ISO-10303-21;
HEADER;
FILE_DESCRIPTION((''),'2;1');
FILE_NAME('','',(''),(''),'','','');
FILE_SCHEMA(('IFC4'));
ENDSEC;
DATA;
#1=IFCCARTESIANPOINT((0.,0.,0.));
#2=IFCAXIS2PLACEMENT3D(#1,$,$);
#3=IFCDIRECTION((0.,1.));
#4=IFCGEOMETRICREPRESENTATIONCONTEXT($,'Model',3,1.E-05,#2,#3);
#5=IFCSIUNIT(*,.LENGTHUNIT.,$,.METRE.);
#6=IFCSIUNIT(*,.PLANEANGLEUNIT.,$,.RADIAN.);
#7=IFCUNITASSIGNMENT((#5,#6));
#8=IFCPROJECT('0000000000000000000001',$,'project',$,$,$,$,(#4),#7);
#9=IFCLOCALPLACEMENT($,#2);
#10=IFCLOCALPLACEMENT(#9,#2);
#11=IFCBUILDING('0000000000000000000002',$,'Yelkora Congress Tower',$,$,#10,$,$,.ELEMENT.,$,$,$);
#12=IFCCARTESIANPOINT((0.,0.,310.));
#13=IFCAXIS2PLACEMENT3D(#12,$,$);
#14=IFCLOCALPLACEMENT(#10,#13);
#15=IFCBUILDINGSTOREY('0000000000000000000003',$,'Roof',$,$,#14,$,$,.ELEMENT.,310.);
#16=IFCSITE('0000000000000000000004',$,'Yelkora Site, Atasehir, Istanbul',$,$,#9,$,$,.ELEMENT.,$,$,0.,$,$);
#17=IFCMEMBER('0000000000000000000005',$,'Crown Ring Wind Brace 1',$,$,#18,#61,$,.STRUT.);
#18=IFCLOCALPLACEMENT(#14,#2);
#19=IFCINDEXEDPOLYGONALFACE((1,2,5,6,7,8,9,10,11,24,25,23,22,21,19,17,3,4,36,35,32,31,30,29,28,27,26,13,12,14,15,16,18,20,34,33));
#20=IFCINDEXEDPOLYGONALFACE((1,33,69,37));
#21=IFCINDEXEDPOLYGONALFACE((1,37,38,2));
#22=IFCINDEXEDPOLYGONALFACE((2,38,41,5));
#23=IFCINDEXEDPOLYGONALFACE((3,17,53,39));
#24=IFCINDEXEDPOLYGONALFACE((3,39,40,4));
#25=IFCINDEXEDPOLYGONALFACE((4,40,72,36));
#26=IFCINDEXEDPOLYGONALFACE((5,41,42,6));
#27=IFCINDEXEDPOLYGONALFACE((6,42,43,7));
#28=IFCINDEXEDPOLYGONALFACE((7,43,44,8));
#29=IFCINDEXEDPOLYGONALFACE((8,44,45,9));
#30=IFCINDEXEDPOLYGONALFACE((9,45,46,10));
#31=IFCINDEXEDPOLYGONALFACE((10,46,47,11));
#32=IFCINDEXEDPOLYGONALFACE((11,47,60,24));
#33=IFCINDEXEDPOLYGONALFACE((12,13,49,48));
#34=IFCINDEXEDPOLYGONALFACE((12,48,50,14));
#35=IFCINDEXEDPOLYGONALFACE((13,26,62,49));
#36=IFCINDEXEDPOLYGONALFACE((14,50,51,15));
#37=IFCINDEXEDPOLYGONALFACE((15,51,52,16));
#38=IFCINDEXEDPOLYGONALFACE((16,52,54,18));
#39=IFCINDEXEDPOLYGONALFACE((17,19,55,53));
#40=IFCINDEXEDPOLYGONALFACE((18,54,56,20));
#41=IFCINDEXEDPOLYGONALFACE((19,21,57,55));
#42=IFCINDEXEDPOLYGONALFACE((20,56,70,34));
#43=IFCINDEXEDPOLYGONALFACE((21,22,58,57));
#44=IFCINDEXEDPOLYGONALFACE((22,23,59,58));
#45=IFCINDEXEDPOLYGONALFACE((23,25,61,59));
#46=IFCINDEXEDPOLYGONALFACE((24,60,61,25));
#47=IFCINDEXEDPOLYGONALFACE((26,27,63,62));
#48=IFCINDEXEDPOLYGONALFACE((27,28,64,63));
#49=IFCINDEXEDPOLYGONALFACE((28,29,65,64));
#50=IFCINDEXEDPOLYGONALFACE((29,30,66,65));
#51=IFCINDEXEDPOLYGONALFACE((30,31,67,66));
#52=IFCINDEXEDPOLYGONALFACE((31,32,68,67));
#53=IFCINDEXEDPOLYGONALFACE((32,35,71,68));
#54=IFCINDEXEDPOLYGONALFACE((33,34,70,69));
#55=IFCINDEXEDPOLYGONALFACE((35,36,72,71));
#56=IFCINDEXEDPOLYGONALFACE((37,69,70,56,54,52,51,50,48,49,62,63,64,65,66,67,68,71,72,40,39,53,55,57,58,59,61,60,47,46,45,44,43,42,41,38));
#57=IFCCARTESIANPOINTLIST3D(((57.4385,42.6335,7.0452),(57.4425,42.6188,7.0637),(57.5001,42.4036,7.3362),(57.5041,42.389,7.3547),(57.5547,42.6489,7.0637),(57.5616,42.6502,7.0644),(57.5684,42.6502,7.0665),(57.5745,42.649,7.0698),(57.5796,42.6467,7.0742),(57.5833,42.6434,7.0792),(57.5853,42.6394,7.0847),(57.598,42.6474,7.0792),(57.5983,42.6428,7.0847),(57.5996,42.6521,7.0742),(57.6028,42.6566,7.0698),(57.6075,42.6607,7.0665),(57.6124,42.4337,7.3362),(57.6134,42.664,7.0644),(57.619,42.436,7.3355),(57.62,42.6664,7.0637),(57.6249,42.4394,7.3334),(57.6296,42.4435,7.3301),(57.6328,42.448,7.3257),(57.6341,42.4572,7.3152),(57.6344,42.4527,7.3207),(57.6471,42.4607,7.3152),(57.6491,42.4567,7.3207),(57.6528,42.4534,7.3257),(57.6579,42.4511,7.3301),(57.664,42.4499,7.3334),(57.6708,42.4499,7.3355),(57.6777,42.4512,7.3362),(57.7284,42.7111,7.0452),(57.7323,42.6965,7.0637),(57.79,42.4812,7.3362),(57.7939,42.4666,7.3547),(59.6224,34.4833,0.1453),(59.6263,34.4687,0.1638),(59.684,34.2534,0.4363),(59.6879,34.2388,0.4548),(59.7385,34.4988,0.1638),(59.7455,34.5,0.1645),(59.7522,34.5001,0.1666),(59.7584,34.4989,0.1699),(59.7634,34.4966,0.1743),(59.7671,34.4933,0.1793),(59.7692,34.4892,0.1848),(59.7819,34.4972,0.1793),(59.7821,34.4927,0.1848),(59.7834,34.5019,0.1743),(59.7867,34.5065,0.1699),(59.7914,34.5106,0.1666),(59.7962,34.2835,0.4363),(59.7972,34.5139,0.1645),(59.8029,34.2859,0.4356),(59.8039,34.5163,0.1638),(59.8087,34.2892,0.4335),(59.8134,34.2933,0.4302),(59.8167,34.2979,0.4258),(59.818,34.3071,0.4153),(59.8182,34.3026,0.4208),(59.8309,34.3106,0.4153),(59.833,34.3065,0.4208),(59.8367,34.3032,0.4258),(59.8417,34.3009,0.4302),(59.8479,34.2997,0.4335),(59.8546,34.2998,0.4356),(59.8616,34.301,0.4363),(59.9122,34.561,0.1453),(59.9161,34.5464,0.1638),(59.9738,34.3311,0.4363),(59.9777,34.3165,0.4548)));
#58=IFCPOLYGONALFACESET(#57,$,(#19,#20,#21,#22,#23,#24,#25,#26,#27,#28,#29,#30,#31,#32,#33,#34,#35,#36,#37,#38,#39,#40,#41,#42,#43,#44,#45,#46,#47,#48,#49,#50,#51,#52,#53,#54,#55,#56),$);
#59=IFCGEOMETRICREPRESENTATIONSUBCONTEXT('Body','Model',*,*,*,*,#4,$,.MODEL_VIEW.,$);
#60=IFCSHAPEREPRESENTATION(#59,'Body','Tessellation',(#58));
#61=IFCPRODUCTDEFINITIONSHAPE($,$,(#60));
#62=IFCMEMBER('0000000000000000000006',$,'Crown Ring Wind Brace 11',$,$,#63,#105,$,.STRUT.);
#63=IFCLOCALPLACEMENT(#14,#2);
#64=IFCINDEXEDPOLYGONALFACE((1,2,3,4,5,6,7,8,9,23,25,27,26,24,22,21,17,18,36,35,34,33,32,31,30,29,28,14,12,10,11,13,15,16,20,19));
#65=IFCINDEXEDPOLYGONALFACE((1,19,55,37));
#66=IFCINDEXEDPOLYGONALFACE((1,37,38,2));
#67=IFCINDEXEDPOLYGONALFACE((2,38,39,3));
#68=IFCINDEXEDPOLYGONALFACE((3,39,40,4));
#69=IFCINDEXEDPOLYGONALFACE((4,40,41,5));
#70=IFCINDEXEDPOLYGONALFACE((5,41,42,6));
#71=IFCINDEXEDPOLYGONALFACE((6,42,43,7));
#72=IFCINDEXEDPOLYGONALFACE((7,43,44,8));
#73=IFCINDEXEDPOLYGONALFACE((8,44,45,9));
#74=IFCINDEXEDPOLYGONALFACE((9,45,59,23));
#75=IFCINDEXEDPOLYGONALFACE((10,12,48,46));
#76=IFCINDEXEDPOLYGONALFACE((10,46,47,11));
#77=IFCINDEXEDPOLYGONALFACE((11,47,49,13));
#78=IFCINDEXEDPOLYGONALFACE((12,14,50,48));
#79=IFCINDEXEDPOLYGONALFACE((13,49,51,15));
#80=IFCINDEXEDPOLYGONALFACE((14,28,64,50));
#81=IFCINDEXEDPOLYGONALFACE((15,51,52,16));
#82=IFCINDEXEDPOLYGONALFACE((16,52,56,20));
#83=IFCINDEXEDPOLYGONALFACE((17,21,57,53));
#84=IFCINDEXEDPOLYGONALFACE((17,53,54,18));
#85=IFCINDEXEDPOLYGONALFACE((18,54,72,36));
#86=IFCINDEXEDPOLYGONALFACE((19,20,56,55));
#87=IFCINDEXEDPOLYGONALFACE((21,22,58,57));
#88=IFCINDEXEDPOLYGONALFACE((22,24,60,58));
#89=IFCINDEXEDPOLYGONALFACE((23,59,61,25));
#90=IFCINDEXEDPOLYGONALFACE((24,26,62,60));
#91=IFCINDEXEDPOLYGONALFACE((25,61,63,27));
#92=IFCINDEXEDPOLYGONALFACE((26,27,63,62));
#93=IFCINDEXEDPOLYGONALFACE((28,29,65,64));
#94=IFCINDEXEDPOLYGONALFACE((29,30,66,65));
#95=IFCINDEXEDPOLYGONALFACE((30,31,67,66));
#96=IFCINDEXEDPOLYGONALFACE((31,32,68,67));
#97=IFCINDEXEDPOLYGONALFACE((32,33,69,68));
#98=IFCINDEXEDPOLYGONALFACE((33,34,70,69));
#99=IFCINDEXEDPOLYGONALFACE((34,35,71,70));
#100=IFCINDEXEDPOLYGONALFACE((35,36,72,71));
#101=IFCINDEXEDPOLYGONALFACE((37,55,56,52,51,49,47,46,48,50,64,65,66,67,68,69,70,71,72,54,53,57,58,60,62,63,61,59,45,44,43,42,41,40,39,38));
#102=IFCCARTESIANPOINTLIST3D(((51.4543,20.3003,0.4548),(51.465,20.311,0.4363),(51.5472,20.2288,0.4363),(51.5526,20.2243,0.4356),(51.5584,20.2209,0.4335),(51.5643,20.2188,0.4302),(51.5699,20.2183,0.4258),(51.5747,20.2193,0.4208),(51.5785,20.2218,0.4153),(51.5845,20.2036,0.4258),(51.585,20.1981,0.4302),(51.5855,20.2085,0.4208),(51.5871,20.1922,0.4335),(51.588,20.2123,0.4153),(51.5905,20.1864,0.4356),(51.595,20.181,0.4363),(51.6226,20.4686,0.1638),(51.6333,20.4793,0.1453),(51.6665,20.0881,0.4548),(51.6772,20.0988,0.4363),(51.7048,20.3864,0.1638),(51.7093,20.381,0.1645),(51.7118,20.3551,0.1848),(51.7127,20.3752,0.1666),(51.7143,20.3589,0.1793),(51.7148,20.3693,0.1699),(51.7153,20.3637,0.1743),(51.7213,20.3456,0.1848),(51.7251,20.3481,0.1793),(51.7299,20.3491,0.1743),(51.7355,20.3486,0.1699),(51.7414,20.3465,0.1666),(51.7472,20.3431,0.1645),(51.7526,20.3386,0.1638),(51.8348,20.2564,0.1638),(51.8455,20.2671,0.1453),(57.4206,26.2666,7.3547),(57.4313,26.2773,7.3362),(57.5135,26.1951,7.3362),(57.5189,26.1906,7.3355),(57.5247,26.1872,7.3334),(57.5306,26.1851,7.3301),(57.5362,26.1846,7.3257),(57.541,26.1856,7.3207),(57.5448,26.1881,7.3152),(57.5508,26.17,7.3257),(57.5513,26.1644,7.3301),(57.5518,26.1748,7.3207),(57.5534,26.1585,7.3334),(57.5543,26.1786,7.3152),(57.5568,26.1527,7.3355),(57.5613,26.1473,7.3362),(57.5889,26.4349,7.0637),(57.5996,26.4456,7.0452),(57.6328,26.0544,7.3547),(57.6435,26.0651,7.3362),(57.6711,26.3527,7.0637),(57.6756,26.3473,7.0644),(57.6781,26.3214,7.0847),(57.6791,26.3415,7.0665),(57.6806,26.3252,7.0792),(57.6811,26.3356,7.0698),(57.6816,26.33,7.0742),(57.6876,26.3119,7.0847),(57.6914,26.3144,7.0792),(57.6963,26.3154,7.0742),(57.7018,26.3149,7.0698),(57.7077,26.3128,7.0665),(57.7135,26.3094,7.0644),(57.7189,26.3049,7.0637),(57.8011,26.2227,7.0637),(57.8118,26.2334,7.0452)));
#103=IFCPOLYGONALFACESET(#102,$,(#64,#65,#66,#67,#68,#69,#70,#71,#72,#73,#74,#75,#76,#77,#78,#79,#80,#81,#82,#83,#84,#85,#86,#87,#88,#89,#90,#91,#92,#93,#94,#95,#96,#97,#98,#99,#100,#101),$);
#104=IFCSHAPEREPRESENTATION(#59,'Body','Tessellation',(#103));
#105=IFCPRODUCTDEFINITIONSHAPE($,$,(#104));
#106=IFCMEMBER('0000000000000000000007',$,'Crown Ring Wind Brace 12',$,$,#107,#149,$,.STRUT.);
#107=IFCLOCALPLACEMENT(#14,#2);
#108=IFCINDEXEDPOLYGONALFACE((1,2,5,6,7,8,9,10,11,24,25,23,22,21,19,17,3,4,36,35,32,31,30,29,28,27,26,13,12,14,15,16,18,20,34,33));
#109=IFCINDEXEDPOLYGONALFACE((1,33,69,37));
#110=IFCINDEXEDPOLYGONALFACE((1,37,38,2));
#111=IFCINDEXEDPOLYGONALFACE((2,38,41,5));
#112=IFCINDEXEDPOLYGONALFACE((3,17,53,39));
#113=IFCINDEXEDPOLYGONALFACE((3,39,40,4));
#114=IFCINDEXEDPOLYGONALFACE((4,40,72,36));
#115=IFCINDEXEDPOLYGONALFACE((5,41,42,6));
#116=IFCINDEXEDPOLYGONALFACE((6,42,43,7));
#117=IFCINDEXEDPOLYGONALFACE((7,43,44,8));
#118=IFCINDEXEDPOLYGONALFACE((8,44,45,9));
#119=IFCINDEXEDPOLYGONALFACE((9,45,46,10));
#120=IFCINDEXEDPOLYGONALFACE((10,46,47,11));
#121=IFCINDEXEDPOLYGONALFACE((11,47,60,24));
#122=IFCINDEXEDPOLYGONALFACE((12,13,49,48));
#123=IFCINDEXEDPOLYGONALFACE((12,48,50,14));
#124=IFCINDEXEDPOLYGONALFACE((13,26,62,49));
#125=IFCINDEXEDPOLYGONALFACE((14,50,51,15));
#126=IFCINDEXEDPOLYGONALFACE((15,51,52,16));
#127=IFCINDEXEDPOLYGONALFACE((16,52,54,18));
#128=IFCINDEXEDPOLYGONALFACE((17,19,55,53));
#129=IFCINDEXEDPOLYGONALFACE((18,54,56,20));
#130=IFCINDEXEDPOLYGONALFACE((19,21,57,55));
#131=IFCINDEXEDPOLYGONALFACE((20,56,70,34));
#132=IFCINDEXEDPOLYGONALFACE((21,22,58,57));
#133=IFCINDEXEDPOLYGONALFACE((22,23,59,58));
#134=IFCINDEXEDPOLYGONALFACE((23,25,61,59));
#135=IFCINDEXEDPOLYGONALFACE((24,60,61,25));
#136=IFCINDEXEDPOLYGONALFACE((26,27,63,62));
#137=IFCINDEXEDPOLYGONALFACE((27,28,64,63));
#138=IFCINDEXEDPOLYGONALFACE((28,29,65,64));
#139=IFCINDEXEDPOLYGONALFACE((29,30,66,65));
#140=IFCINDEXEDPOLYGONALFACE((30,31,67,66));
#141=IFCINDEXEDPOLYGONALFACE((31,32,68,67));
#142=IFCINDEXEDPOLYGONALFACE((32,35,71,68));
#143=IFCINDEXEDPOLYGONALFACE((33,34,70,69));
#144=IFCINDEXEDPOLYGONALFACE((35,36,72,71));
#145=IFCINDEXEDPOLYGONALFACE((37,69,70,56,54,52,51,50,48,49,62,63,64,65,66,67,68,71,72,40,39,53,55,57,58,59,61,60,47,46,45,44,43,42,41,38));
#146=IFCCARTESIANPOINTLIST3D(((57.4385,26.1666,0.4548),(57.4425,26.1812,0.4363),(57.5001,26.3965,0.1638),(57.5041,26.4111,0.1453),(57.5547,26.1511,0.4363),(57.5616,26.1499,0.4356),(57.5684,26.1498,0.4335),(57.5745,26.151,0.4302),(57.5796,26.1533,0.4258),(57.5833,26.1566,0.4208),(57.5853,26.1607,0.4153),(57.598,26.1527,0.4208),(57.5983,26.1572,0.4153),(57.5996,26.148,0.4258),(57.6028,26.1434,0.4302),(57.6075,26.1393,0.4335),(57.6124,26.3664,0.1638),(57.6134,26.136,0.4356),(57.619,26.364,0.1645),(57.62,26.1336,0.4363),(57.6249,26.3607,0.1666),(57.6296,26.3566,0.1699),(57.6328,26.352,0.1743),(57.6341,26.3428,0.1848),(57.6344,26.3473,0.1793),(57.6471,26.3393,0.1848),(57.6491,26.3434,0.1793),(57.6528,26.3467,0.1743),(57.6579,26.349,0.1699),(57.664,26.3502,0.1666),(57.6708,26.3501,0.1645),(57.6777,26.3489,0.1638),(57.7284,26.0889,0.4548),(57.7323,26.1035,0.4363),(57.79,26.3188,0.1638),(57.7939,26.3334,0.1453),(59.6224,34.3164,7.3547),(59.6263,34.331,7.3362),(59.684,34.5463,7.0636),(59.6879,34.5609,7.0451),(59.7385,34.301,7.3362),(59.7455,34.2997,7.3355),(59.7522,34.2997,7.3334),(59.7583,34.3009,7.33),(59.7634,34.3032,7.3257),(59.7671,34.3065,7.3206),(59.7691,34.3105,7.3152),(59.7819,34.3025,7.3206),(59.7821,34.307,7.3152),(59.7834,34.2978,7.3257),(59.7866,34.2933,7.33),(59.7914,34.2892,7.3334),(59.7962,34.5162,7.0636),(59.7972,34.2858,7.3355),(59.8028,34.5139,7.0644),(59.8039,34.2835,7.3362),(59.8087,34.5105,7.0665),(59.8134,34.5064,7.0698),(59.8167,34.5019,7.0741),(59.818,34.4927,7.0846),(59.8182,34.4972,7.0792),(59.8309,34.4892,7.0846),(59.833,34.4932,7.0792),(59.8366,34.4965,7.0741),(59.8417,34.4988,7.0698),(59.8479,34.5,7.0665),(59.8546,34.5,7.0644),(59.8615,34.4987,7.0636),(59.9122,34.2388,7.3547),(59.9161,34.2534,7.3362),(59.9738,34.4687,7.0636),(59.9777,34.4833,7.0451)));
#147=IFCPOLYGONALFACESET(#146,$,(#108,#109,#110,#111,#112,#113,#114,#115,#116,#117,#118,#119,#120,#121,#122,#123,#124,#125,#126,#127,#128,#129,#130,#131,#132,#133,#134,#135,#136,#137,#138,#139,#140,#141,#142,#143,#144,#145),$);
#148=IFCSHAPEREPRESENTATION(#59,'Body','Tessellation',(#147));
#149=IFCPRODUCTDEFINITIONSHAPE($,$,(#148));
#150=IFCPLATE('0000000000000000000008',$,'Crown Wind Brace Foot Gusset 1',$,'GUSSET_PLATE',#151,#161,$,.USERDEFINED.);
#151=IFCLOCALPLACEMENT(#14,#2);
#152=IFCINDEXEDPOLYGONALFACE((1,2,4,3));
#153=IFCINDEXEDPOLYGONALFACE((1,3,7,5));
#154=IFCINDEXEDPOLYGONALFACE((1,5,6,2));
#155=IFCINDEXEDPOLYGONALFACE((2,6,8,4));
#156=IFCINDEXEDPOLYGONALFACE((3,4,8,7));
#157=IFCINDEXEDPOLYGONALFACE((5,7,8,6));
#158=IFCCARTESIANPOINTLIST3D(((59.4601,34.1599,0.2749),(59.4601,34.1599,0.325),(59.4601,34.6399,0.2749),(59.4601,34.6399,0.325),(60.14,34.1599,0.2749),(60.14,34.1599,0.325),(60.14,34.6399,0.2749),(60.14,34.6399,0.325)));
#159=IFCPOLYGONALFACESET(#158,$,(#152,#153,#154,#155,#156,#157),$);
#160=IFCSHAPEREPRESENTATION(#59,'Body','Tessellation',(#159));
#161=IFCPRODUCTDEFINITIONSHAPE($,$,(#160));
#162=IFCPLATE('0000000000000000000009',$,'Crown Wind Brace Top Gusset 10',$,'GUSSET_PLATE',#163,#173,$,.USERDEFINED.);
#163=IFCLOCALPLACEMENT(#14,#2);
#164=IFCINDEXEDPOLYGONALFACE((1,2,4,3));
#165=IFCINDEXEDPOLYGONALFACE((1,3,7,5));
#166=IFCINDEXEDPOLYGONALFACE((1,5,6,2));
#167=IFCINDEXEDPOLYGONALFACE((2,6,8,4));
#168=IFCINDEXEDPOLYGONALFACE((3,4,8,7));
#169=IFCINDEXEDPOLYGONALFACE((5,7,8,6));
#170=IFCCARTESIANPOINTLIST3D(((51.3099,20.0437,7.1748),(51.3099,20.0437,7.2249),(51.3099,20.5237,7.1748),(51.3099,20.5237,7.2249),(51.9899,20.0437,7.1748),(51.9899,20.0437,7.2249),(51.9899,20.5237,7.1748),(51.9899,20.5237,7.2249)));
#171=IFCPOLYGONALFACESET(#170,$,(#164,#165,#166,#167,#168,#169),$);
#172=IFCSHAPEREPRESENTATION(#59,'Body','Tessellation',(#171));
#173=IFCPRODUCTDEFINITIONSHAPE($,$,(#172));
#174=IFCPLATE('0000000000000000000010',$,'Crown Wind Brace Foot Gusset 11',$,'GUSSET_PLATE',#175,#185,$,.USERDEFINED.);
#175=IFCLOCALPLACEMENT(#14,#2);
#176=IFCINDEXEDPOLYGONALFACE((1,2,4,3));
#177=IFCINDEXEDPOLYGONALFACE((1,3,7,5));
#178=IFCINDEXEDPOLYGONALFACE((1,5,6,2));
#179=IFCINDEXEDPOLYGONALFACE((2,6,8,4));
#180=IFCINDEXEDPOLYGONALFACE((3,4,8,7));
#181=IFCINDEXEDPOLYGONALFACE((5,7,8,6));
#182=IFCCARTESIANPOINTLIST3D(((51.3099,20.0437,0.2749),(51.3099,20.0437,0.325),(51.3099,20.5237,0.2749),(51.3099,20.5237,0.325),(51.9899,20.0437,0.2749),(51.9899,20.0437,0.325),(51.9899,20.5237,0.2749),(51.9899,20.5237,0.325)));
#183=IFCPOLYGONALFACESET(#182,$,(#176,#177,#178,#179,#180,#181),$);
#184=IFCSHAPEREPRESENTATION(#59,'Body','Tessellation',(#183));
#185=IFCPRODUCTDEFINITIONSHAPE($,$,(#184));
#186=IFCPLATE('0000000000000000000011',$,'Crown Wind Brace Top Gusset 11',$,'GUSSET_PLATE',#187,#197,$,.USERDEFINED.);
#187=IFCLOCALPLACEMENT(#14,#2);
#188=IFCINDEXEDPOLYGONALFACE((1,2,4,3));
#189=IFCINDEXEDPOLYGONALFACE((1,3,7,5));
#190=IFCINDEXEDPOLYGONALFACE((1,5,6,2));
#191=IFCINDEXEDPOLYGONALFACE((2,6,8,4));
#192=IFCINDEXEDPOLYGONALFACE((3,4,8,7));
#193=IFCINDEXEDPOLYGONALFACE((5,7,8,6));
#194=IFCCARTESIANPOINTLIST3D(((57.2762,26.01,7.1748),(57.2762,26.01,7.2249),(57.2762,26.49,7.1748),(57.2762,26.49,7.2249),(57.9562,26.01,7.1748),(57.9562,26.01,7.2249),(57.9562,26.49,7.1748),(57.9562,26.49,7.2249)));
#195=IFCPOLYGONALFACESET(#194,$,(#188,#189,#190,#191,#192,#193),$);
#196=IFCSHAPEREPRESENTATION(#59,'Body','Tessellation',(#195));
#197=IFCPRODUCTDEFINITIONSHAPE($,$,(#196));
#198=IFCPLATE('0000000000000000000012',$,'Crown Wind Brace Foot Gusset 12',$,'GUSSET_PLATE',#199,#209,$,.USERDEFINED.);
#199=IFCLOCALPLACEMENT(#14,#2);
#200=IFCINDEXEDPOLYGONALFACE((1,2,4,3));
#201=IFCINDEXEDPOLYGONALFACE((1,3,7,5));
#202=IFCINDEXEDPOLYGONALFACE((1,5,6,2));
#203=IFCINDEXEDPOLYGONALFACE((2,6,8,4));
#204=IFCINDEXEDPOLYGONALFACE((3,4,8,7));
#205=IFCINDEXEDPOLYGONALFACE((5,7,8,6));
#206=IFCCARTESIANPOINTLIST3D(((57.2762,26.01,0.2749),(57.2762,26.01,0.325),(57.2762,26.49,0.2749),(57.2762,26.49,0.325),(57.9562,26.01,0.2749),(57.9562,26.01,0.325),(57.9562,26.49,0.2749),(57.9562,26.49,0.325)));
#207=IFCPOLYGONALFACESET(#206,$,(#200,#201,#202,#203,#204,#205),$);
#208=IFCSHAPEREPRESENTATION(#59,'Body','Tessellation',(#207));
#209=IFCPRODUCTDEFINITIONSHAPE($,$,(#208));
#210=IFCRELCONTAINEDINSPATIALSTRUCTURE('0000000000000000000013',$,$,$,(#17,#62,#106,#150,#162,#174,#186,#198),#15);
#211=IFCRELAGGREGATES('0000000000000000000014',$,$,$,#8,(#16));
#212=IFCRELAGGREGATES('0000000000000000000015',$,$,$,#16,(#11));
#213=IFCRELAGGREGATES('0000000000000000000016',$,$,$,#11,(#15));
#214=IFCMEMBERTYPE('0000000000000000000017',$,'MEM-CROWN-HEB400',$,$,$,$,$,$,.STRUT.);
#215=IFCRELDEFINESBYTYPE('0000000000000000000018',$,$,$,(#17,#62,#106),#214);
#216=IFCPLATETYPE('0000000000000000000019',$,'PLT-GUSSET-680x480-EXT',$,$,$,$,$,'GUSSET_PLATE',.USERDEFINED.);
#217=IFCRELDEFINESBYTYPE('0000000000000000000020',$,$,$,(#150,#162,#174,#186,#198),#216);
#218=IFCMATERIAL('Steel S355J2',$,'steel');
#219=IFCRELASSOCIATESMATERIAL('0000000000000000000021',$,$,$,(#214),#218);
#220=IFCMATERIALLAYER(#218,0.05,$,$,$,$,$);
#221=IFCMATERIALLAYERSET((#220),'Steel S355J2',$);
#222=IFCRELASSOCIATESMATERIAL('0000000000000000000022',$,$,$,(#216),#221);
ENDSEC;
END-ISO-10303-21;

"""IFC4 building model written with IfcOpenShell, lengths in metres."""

from ifc_helpers import new_model, si_unit, direction, frame, origin, origin_2d, place, context, subcontext, project, spatial, rectangle, i_section, extrude, material, layer, layer_set, material_profile, profile_set, type_object, element, save


model = new_model("IFC4")

# Units and contexts
model_context = context("Model", 3, precision=1e-05, world=origin(), true_north=direction((0.0, 1.0)))
body_context = subcontext(model_context, "Body", "Model", "MODEL_VIEW")
ifc_project = project(units=[si_unit("LENGTHUNIT", "METRE"), si_unit("PLANEANGLEUNIT", "RADIAN")], contexts=[model_context])

# Site, building, storey
site_placement = place(None, origin())
site = spatial("IfcSite", under=ifc_project, at=site_placement, Name="Yelkora Site, Atasehir, Istanbul", CompositionType="ELEMENT", RefElevation=0.0)
building_placement = place(site_placement, origin())
building = spatial("IfcBuilding", under=site, at=building_placement, Name="Yelkora Congress Tower", CompositionType="ELEMENT")
storey_placement = place(building_placement, frame((0.0, 0.0, 310.0)))
storey = spatial("IfcBuildingStorey", under=building, at=storey_placement, Name="Roof", CompositionType="ELEMENT", Elevation=310.0)

# Shared definitions
ifc_material_1 = material(Name="Steel S355J2", Category="steel")

# Members
ifc_material_profile_1 = material_profile(ifc_material_1, i_section(OverallWidth=0.3, OverallDepth=0.3999, WebThickness=0.0134, FlangeThickness=0.0239, FilletRadius=0.0271, at=origin_2d()), Name="HEB 400")
ifc_profile_set_1 = profile_set([ifc_material_profile_1], Name="Steel S355J2")
member_type = type_object("IfcMemberType", Name="MEM-CROWN-HEB400", PredefinedType="STRUT", material=ifc_profile_set_1)
for number, where, z_axis, x_axis, name in (
    (1, (59.8, 34.3999, 0.3), (-0.200358, 0.747743, 0.633038), (-0.965925, -0.25882, 0.0), "Crown Ring Wind Brace 1"),
    (2, (51.6499, 20.2837, 0.3), (0.547385, 0.547385, 0.633039), (-0.707107, 0.707107, 0.0), "Crown Ring Wind Brace 11"),
):
    element("IfcMember", number, at=place(storey_placement, frame(where, z_axis=z_axis, x_axis=x_axis)), inside=storey, type_object=member_type, Name=name, PredefinedType="STRUT", context=body_context, shape_type="SweptSolid", body=[
        extrude(i_section(OverallWidth=0.3, OverallDepth=0.3999, WebThickness=0.0134, FlangeThickness=0.0239, FilletRadius=0.0271, at=origin_2d()), origin(), (0.0, 0.0, 1.0), 10.8997),
    ])
member_placement = place(storey_placement, frame((57.6162, 26.25, 0.3), z_axis=(0.200362, 0.747733, 0.633049), x_axis=(-0.965924, 0.258828, 0.0)))
element("IfcMember", 3, at=member_placement, inside=storey, type_object=member_type, Name="Crown Ring Wind Brace 12", PredefinedType="STRUT", context=body_context, shape_type="SweptSolid", body=[
    extrude(i_section(OverallWidth=0.3, OverallDepth=0.3999, WebThickness=0.0134, FlangeThickness=0.0239, FilletRadius=0.0271, at=origin_2d()), origin(), (0.0, 0.0, 1.0), 10.8994),
])

# Plates
ifc_layer_1 = layer(ifc_material_1, 0.05)
ifc_layer_set_1 = layer_set([ifc_layer_1], Name="Steel S355J2")
plate_type = type_object("IfcPlateType", Name="PLT-GUSSET-680x480-EXT", ElementType="GUSSET_PLATE", PredefinedType="USERDEFINED", material=ifc_layer_set_1)
for number, where, z_axis, x_axis, name in (
    (4, (59.8, 34.3999, 0.2749), (0.0, 0.0, 1.0), (1.0, 0.0, 0.0), "Crown Wind Brace Foot Gusset 1"),
    (5, (51.6499, 20.2837, 7.1748), (0.0, 0.0, 1.0), (1.0, 0.0, 0.0), "Crown Wind Brace Top Gusset 10"),
    (6, (51.6499, 20.2837, 0.2749), (0.0, 0.0, 1.0), (1.0, 0.0, 0.0), "Crown Wind Brace Foot Gusset 11"),
    (7, (57.6162, 26.25, 7.1748), (0.0, 0.0, 1.0), (1.0, 0.0, 0.0), "Crown Wind Brace Top Gusset 11"),
    (8, (57.6162, 26.25, 0.2749), (0.0, 0.0, 1.0), (1.0, 0.0, 0.0), "Crown Wind Brace Foot Gusset 12"),
):
    element("IfcPlate", number, at=place(storey_placement, frame(where, z_axis=z_axis, x_axis=x_axis)), inside=storey, type_object=plate_type, Name=name, ObjectType="GUSSET_PLATE", PredefinedType="USERDEFINED", context=body_context, shape_type="SweptSolid", body=[
        extrude(rectangle(XDim=0.6799, YDim=0.48, at=origin_2d()), origin(), (0.0, 0.0, 1.0), 0.05),
    ])

save(model, "model.ifc")
